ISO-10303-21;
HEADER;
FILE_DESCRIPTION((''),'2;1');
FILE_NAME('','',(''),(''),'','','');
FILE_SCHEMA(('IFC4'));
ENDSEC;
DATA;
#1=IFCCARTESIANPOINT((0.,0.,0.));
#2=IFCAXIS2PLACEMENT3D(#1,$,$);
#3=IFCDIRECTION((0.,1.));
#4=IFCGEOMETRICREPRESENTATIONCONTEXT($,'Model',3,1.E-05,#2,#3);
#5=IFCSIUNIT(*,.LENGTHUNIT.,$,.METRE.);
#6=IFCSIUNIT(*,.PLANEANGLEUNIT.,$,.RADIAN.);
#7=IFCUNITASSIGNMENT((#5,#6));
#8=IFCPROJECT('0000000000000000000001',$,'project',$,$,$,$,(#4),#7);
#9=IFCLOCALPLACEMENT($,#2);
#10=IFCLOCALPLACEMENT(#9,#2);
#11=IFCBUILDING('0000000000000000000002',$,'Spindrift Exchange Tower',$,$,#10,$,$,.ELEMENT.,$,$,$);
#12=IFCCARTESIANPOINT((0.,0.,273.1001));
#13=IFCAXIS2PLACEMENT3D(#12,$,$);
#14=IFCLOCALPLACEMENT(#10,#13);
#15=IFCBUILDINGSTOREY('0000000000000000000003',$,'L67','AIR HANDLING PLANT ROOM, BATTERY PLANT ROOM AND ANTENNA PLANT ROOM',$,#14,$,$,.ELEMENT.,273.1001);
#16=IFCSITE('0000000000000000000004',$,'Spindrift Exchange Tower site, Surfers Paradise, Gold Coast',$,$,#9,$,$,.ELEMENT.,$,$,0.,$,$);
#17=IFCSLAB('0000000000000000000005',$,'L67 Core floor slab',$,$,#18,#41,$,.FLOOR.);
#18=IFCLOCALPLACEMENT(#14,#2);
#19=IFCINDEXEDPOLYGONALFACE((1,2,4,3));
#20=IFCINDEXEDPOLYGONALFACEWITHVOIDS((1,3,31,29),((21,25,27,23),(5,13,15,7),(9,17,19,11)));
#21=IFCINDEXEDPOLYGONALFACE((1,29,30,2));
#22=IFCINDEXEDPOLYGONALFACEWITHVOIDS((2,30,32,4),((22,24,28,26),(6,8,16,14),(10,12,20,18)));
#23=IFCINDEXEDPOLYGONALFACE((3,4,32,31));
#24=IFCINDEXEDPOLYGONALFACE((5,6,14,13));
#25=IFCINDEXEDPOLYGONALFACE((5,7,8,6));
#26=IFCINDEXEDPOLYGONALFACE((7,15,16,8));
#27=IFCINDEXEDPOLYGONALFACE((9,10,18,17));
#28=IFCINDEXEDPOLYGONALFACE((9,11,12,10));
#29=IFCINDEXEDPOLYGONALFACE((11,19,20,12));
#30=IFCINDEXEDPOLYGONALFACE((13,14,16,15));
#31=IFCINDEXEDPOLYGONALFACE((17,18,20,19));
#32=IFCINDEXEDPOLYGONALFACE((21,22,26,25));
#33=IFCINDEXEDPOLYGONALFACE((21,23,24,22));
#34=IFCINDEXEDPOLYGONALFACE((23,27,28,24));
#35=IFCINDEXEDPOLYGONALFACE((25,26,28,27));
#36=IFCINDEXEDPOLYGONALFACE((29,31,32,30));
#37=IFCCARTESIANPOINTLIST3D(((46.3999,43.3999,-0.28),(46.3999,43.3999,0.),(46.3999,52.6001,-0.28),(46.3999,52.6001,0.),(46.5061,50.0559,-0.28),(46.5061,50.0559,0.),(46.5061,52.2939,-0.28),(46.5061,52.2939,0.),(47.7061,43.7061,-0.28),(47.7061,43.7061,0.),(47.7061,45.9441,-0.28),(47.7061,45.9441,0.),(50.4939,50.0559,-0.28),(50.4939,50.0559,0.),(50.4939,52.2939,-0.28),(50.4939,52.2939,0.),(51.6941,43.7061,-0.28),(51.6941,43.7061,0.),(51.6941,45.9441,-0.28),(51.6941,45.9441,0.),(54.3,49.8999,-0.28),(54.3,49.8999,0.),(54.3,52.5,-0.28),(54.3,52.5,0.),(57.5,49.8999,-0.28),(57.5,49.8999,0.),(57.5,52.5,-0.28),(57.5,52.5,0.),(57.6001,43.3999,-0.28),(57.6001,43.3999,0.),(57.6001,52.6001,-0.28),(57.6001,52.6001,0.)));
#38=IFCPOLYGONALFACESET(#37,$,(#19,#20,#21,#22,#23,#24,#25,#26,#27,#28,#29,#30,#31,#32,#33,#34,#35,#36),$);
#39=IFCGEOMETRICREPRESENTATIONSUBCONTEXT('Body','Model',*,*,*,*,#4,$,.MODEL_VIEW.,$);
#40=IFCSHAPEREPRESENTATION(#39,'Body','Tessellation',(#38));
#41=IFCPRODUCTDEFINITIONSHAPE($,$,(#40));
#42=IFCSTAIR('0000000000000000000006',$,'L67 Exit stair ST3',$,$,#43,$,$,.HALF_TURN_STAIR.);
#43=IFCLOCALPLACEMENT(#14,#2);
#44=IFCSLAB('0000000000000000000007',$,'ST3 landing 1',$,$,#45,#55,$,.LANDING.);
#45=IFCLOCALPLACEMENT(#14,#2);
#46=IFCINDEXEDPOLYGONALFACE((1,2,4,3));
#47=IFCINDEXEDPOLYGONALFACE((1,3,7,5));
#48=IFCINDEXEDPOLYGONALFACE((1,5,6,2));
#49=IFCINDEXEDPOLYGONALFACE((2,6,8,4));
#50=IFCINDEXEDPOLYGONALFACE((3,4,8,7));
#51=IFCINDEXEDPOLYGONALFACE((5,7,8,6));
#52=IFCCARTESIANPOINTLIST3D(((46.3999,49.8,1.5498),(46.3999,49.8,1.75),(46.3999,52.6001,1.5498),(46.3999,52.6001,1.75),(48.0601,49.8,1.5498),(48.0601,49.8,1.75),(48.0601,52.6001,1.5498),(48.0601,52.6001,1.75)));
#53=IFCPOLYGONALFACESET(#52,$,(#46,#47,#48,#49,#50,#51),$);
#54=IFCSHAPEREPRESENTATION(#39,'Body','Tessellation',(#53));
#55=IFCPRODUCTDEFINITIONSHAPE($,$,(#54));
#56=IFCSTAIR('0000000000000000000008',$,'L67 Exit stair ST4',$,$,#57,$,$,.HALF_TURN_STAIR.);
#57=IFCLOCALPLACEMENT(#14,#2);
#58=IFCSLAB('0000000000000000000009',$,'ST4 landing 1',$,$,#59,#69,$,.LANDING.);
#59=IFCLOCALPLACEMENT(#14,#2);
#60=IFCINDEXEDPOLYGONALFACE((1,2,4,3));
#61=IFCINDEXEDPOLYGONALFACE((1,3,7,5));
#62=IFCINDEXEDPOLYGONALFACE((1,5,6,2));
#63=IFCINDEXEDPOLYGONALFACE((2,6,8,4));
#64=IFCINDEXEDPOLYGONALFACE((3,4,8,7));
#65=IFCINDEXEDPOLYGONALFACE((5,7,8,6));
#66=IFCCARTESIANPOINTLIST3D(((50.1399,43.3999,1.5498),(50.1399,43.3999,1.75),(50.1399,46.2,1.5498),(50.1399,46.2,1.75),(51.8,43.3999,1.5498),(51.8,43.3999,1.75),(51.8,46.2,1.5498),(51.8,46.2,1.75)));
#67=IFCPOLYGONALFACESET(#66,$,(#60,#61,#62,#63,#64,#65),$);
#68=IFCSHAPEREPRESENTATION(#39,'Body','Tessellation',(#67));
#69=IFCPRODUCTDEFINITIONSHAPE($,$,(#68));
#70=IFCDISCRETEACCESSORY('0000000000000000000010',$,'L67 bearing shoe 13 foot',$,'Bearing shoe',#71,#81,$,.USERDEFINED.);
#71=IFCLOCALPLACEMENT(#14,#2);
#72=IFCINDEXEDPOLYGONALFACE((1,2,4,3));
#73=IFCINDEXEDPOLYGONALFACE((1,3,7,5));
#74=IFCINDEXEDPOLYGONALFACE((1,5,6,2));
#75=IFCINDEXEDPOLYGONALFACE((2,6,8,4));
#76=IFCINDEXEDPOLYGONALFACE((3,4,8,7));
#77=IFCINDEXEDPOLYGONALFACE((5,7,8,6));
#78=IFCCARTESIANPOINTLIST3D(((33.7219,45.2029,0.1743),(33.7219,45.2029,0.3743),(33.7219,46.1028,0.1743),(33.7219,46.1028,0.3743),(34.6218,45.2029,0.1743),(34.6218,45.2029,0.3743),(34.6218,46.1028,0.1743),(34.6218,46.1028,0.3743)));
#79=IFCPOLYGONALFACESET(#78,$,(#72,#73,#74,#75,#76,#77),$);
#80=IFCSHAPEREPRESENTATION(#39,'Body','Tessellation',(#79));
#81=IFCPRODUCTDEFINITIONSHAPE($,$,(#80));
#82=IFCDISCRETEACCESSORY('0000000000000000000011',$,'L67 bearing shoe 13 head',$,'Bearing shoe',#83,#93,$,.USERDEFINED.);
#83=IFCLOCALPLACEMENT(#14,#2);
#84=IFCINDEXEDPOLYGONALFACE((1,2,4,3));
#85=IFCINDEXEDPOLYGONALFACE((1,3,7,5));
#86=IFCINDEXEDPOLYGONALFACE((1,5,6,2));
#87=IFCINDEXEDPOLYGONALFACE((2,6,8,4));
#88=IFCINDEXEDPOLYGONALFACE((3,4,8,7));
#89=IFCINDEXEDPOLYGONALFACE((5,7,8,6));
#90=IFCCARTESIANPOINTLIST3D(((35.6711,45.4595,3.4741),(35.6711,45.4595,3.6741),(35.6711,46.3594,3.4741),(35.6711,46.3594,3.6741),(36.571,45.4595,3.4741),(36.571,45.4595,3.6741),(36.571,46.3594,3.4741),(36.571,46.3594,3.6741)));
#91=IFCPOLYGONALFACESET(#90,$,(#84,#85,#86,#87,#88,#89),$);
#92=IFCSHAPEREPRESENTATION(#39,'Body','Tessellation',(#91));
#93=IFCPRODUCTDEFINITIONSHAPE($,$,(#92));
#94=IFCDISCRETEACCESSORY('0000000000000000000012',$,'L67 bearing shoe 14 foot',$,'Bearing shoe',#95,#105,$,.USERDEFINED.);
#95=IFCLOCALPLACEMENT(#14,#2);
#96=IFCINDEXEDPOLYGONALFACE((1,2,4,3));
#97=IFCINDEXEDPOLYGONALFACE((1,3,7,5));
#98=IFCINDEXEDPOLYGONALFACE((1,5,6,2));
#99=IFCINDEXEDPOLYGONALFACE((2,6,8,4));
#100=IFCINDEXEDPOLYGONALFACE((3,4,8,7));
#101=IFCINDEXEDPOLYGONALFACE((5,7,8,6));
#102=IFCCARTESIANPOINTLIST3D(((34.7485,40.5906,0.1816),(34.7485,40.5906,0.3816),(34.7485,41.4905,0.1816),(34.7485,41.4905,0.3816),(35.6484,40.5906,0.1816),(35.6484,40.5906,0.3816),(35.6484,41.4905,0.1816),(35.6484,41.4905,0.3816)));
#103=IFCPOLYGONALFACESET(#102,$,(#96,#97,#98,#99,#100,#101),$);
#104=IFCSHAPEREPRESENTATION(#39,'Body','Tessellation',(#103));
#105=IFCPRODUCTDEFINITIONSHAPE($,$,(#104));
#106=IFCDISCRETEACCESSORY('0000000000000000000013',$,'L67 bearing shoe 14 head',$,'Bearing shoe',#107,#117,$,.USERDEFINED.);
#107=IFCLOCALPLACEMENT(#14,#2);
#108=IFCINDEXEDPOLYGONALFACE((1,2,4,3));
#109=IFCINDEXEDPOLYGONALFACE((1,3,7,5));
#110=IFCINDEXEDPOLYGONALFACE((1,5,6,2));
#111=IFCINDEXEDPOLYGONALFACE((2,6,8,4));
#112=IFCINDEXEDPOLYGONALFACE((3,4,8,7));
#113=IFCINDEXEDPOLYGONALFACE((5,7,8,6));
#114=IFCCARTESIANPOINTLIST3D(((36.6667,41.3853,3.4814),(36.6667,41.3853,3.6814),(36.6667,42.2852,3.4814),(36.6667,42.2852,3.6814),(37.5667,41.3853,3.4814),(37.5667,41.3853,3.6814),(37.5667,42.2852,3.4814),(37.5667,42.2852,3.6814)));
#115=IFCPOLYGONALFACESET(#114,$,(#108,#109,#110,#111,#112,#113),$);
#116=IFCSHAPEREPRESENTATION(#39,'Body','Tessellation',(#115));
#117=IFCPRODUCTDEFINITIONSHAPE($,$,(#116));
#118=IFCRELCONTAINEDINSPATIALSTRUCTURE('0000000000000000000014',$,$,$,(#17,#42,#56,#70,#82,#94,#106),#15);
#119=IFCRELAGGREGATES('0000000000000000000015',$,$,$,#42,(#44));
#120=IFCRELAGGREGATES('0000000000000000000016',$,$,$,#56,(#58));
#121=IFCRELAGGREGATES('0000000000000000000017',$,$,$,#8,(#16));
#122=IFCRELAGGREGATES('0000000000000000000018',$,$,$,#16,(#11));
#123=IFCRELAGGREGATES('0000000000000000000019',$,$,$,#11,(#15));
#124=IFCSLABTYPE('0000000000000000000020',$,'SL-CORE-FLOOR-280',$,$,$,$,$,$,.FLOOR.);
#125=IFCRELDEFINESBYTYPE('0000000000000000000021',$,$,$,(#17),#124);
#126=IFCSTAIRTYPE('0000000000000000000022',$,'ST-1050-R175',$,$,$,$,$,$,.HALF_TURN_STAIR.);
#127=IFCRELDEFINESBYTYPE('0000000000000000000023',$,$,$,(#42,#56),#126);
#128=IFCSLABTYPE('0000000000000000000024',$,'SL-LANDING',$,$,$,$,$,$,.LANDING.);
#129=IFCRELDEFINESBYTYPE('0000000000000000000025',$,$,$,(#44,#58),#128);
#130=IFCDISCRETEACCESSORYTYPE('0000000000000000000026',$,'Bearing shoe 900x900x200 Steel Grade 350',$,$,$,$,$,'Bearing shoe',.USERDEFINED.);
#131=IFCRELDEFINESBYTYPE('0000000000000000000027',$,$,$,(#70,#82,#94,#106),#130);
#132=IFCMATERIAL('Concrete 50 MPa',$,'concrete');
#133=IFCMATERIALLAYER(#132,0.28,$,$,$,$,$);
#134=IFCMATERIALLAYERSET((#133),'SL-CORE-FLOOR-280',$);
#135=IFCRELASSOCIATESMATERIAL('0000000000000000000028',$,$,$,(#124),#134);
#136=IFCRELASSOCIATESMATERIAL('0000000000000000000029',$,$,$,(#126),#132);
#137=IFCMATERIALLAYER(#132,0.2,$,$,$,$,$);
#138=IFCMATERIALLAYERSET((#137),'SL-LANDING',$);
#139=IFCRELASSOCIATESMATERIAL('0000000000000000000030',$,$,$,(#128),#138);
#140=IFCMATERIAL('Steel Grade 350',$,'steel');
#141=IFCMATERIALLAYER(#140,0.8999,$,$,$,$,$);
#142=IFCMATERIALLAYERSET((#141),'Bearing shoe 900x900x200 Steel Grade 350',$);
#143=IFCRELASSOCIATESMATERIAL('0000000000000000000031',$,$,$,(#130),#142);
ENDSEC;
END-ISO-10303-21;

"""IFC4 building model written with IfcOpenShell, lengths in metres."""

from ifc_helpers import new_model, si_unit, direction, frame, origin, origin_2d, place, context, subcontext, project, spatial, line, indexed_curve, rectangle, outline, extrude, source, transform, mapped, material, layer, layer_set, type_object, element, aggregate, save


model = new_model("IFC4")

# Units and contexts
model_context = context("Model", 3, precision=1e-05, world=origin(), true_north=direction((0.0, 1.0)))
body_context = subcontext(model_context, "Body", "Model", "MODEL_VIEW")
ifc_project = project(units=[si_unit("LENGTHUNIT", "METRE"), si_unit("PLANEANGLEUNIT", "RADIAN")], contexts=[model_context])

# Site, building, storey
site_placement = place(None, origin())
site = spatial("IfcSite", under=ifc_project, at=site_placement, Name="Spindrift Exchange Tower site, Surfers Paradise, Gold Coast", CompositionType="ELEMENT", RefElevation=0.0)
building_placement = place(site_placement, origin())
building = spatial("IfcBuilding", under=site, at=building_placement, Name="Spindrift Exchange Tower", CompositionType="ELEMENT")
storey_placement = place(building_placement, frame((0.0, 0.0, 273.1001)))
storey = spatial("IfcBuildingStorey", under=building, at=storey_placement, Name="L67", Description="AIR HANDLING PLANT ROOM, BATTERY PLANT ROOM AND ANTENNA PLANT ROOM", CompositionType="ELEMENT", Elevation=273.1001)

# Slab
ifc_material_1 = material(Name="Concrete 50 MPa", Category="concrete")
ifc_layer_1 = layer(ifc_material_1, 0.28)
ifc_layer_set_1 = layer_set([ifc_layer_1], Name="SL-CORE-FLOOR-280")
slab_type_1 = type_object("IfcSlabType", Name="SL-CORE-FLOOR-280", PredefinedType="FLOOR", material=ifc_layer_set_1)
slab_1_placement = place(storey_placement, frame((0.0, 0.0, -0.28)))
element("IfcSlab", 1, at=slab_1_placement, inside=storey, type_object=slab_type_1, Name="L67 Core floor slab", PredefinedType="FLOOR", context=body_context, shape_type="SweptSolid", body=[
    extrude(outline(indexed_curve([(46.3999, 43.3999), (46.3999, 52.6001), (57.6001, 52.6001), (57.6001, 43.3999)], segments=[line(1, 2, 3, 4, 1)], self_intersect=False), holes=[indexed_curve([(47.7061, 43.7061), (51.6941, 43.7061), (51.6941, 45.9441), (47.7061, 45.9441)], segments=[line(1, 2, 3, 4, 1)], self_intersect=False), indexed_curve([(50.4939, 50.0559), (50.4939, 52.2939), (46.5061, 52.2939), (46.5061, 50.0559)], segments=[line(1, 2, 3, 4, 1)], self_intersect=False), indexed_curve([(54.3, 49.8999), (57.5, 49.8999), (57.5, 52.5), (54.3, 52.5)], segments=[line(1, 2, 3, 4, 1)], self_intersect=False)]), origin(), (0.0, 0.0, 1.0), 0.28),
])

# Stairs, slabs
stair_type = type_object("IfcStairType", Name="ST-1050-R175", PredefinedType="HALF_TURN_STAIR", material=ifc_material_1)
stair_1_placement = place(storey_placement, origin())
stair_1 = element("IfcStair", 2, at=stair_1_placement, inside=storey, type_object=stair_type, Name="L67 Exit stair ST3", PredefinedType="HALF_TURN_STAIR")
ifc_layer_2 = layer(ifc_material_1, 0.2)
ifc_layer_set_2 = layer_set([ifc_layer_2], Name="SL-LANDING")
slab_type_2 = type_object("IfcSlabType", Name="SL-LANDING", PredefinedType="LANDING", material=ifc_layer_set_2)
slab_2_placement = place(storey_placement, frame((0.0, 0.0, 1.5498)))
slab_2 = element("IfcSlab", 3, at=slab_2_placement, type_object=slab_type_2, Name="ST3 landing 1", PredefinedType="LANDING", context=body_context, shape_type="SweptSolid", body=[
    extrude(outline(indexed_curve([(48.0601, 49.8), (46.3999, 49.8), (46.3999, 52.6001), (48.0601, 52.6001)], segments=[line(1, 2, 3, 4, 1)], self_intersect=False)), origin(), (0.0, 0.0, 1.0), 0.2002),
])
aggregate(stair_1, [slab_2])
stair_2_placement = place(storey_placement, origin())
stair_2 = element("IfcStair", 4, at=stair_2_placement, inside=storey, type_object=stair_type, Name="L67 Exit stair ST4", PredefinedType="HALF_TURN_STAIR")
slab_3_placement = place(storey_placement, frame((0.0, 0.0, 1.5498)))
slab_3 = element("IfcSlab", 5, at=slab_3_placement, type_object=slab_type_2, Name="ST4 landing 1", PredefinedType="LANDING", context=body_context, shape_type="SweptSolid", body=[
    extrude(outline(indexed_curve([(50.1399, 46.2), (51.8, 46.2), (51.8, 43.3999), (50.1399, 43.3999)], segments=[line(1, 2, 3, 4, 1)], self_intersect=False)), origin(), (0.0, 0.0, 1.0), 0.2002),
])
aggregate(stair_2, [slab_3])

# Discrete accessories
ifc_material_2 = material(Name="Steel Grade 350", Category="steel")
ifc_layer_3 = layer(ifc_material_2, 0.8999)
ifc_layer_set_3 = layer_set([ifc_layer_3], Name="Bearing shoe 900x900x200 Steel Grade 350")
discrete_accessory_type = type_object("IfcDiscreteAccessoryType", Name="Bearing shoe 900x900x200 Steel Grade 350", ElementType="Bearing shoe", PredefinedType="USERDEFINED", material=ifc_layer_set_3)
shared_shape_1 = source(origin(), body_context, "Body", "SweptSolid", [
    extrude(rectangle(XDim=0.8999, YDim=0.8999, at=origin_2d()), origin(), (0.0, 0.0, 1.0), 0.2),
])
for number, where, z_axis, x_axis, name in (
    (6, (34.1719, 45.6528, 0.1743), (0.0, 0.0, 1.0), (1.0, 0.0, 0.0), "L67 bearing shoe 13 foot"),
    (7, (36.1211, 45.9094, 3.4741), (0.0, 0.0, 1.0), (1.0, 0.0, 0.0), "L67 bearing shoe 13 head"),
    (8, (35.1985, 41.0405, 0.1816), (0.0, 0.0, 1.0), (1.0, 0.0, 0.0), "L67 bearing shoe 14 foot"),
    (9, (37.1167, 41.8352, 3.4814), (0.0, 0.0, 1.0), (1.0, 0.0, 0.0), "L67 bearing shoe 14 head"),
):
    element("IfcDiscreteAccessory", number, at=place(storey_placement, frame(where, z_axis=z_axis, x_axis=x_axis)), inside=storey, type_object=discrete_accessory_type, Name=name, ObjectType="Bearing shoe", PredefinedType="USERDEFINED", context=body_context, shape_type="MappedRepresentation", body=[
        mapped(shared_shape_1, transform((0.0, 0.0, 0.0), scale=1.0)),
    ])

save(model, "model.ifc")
